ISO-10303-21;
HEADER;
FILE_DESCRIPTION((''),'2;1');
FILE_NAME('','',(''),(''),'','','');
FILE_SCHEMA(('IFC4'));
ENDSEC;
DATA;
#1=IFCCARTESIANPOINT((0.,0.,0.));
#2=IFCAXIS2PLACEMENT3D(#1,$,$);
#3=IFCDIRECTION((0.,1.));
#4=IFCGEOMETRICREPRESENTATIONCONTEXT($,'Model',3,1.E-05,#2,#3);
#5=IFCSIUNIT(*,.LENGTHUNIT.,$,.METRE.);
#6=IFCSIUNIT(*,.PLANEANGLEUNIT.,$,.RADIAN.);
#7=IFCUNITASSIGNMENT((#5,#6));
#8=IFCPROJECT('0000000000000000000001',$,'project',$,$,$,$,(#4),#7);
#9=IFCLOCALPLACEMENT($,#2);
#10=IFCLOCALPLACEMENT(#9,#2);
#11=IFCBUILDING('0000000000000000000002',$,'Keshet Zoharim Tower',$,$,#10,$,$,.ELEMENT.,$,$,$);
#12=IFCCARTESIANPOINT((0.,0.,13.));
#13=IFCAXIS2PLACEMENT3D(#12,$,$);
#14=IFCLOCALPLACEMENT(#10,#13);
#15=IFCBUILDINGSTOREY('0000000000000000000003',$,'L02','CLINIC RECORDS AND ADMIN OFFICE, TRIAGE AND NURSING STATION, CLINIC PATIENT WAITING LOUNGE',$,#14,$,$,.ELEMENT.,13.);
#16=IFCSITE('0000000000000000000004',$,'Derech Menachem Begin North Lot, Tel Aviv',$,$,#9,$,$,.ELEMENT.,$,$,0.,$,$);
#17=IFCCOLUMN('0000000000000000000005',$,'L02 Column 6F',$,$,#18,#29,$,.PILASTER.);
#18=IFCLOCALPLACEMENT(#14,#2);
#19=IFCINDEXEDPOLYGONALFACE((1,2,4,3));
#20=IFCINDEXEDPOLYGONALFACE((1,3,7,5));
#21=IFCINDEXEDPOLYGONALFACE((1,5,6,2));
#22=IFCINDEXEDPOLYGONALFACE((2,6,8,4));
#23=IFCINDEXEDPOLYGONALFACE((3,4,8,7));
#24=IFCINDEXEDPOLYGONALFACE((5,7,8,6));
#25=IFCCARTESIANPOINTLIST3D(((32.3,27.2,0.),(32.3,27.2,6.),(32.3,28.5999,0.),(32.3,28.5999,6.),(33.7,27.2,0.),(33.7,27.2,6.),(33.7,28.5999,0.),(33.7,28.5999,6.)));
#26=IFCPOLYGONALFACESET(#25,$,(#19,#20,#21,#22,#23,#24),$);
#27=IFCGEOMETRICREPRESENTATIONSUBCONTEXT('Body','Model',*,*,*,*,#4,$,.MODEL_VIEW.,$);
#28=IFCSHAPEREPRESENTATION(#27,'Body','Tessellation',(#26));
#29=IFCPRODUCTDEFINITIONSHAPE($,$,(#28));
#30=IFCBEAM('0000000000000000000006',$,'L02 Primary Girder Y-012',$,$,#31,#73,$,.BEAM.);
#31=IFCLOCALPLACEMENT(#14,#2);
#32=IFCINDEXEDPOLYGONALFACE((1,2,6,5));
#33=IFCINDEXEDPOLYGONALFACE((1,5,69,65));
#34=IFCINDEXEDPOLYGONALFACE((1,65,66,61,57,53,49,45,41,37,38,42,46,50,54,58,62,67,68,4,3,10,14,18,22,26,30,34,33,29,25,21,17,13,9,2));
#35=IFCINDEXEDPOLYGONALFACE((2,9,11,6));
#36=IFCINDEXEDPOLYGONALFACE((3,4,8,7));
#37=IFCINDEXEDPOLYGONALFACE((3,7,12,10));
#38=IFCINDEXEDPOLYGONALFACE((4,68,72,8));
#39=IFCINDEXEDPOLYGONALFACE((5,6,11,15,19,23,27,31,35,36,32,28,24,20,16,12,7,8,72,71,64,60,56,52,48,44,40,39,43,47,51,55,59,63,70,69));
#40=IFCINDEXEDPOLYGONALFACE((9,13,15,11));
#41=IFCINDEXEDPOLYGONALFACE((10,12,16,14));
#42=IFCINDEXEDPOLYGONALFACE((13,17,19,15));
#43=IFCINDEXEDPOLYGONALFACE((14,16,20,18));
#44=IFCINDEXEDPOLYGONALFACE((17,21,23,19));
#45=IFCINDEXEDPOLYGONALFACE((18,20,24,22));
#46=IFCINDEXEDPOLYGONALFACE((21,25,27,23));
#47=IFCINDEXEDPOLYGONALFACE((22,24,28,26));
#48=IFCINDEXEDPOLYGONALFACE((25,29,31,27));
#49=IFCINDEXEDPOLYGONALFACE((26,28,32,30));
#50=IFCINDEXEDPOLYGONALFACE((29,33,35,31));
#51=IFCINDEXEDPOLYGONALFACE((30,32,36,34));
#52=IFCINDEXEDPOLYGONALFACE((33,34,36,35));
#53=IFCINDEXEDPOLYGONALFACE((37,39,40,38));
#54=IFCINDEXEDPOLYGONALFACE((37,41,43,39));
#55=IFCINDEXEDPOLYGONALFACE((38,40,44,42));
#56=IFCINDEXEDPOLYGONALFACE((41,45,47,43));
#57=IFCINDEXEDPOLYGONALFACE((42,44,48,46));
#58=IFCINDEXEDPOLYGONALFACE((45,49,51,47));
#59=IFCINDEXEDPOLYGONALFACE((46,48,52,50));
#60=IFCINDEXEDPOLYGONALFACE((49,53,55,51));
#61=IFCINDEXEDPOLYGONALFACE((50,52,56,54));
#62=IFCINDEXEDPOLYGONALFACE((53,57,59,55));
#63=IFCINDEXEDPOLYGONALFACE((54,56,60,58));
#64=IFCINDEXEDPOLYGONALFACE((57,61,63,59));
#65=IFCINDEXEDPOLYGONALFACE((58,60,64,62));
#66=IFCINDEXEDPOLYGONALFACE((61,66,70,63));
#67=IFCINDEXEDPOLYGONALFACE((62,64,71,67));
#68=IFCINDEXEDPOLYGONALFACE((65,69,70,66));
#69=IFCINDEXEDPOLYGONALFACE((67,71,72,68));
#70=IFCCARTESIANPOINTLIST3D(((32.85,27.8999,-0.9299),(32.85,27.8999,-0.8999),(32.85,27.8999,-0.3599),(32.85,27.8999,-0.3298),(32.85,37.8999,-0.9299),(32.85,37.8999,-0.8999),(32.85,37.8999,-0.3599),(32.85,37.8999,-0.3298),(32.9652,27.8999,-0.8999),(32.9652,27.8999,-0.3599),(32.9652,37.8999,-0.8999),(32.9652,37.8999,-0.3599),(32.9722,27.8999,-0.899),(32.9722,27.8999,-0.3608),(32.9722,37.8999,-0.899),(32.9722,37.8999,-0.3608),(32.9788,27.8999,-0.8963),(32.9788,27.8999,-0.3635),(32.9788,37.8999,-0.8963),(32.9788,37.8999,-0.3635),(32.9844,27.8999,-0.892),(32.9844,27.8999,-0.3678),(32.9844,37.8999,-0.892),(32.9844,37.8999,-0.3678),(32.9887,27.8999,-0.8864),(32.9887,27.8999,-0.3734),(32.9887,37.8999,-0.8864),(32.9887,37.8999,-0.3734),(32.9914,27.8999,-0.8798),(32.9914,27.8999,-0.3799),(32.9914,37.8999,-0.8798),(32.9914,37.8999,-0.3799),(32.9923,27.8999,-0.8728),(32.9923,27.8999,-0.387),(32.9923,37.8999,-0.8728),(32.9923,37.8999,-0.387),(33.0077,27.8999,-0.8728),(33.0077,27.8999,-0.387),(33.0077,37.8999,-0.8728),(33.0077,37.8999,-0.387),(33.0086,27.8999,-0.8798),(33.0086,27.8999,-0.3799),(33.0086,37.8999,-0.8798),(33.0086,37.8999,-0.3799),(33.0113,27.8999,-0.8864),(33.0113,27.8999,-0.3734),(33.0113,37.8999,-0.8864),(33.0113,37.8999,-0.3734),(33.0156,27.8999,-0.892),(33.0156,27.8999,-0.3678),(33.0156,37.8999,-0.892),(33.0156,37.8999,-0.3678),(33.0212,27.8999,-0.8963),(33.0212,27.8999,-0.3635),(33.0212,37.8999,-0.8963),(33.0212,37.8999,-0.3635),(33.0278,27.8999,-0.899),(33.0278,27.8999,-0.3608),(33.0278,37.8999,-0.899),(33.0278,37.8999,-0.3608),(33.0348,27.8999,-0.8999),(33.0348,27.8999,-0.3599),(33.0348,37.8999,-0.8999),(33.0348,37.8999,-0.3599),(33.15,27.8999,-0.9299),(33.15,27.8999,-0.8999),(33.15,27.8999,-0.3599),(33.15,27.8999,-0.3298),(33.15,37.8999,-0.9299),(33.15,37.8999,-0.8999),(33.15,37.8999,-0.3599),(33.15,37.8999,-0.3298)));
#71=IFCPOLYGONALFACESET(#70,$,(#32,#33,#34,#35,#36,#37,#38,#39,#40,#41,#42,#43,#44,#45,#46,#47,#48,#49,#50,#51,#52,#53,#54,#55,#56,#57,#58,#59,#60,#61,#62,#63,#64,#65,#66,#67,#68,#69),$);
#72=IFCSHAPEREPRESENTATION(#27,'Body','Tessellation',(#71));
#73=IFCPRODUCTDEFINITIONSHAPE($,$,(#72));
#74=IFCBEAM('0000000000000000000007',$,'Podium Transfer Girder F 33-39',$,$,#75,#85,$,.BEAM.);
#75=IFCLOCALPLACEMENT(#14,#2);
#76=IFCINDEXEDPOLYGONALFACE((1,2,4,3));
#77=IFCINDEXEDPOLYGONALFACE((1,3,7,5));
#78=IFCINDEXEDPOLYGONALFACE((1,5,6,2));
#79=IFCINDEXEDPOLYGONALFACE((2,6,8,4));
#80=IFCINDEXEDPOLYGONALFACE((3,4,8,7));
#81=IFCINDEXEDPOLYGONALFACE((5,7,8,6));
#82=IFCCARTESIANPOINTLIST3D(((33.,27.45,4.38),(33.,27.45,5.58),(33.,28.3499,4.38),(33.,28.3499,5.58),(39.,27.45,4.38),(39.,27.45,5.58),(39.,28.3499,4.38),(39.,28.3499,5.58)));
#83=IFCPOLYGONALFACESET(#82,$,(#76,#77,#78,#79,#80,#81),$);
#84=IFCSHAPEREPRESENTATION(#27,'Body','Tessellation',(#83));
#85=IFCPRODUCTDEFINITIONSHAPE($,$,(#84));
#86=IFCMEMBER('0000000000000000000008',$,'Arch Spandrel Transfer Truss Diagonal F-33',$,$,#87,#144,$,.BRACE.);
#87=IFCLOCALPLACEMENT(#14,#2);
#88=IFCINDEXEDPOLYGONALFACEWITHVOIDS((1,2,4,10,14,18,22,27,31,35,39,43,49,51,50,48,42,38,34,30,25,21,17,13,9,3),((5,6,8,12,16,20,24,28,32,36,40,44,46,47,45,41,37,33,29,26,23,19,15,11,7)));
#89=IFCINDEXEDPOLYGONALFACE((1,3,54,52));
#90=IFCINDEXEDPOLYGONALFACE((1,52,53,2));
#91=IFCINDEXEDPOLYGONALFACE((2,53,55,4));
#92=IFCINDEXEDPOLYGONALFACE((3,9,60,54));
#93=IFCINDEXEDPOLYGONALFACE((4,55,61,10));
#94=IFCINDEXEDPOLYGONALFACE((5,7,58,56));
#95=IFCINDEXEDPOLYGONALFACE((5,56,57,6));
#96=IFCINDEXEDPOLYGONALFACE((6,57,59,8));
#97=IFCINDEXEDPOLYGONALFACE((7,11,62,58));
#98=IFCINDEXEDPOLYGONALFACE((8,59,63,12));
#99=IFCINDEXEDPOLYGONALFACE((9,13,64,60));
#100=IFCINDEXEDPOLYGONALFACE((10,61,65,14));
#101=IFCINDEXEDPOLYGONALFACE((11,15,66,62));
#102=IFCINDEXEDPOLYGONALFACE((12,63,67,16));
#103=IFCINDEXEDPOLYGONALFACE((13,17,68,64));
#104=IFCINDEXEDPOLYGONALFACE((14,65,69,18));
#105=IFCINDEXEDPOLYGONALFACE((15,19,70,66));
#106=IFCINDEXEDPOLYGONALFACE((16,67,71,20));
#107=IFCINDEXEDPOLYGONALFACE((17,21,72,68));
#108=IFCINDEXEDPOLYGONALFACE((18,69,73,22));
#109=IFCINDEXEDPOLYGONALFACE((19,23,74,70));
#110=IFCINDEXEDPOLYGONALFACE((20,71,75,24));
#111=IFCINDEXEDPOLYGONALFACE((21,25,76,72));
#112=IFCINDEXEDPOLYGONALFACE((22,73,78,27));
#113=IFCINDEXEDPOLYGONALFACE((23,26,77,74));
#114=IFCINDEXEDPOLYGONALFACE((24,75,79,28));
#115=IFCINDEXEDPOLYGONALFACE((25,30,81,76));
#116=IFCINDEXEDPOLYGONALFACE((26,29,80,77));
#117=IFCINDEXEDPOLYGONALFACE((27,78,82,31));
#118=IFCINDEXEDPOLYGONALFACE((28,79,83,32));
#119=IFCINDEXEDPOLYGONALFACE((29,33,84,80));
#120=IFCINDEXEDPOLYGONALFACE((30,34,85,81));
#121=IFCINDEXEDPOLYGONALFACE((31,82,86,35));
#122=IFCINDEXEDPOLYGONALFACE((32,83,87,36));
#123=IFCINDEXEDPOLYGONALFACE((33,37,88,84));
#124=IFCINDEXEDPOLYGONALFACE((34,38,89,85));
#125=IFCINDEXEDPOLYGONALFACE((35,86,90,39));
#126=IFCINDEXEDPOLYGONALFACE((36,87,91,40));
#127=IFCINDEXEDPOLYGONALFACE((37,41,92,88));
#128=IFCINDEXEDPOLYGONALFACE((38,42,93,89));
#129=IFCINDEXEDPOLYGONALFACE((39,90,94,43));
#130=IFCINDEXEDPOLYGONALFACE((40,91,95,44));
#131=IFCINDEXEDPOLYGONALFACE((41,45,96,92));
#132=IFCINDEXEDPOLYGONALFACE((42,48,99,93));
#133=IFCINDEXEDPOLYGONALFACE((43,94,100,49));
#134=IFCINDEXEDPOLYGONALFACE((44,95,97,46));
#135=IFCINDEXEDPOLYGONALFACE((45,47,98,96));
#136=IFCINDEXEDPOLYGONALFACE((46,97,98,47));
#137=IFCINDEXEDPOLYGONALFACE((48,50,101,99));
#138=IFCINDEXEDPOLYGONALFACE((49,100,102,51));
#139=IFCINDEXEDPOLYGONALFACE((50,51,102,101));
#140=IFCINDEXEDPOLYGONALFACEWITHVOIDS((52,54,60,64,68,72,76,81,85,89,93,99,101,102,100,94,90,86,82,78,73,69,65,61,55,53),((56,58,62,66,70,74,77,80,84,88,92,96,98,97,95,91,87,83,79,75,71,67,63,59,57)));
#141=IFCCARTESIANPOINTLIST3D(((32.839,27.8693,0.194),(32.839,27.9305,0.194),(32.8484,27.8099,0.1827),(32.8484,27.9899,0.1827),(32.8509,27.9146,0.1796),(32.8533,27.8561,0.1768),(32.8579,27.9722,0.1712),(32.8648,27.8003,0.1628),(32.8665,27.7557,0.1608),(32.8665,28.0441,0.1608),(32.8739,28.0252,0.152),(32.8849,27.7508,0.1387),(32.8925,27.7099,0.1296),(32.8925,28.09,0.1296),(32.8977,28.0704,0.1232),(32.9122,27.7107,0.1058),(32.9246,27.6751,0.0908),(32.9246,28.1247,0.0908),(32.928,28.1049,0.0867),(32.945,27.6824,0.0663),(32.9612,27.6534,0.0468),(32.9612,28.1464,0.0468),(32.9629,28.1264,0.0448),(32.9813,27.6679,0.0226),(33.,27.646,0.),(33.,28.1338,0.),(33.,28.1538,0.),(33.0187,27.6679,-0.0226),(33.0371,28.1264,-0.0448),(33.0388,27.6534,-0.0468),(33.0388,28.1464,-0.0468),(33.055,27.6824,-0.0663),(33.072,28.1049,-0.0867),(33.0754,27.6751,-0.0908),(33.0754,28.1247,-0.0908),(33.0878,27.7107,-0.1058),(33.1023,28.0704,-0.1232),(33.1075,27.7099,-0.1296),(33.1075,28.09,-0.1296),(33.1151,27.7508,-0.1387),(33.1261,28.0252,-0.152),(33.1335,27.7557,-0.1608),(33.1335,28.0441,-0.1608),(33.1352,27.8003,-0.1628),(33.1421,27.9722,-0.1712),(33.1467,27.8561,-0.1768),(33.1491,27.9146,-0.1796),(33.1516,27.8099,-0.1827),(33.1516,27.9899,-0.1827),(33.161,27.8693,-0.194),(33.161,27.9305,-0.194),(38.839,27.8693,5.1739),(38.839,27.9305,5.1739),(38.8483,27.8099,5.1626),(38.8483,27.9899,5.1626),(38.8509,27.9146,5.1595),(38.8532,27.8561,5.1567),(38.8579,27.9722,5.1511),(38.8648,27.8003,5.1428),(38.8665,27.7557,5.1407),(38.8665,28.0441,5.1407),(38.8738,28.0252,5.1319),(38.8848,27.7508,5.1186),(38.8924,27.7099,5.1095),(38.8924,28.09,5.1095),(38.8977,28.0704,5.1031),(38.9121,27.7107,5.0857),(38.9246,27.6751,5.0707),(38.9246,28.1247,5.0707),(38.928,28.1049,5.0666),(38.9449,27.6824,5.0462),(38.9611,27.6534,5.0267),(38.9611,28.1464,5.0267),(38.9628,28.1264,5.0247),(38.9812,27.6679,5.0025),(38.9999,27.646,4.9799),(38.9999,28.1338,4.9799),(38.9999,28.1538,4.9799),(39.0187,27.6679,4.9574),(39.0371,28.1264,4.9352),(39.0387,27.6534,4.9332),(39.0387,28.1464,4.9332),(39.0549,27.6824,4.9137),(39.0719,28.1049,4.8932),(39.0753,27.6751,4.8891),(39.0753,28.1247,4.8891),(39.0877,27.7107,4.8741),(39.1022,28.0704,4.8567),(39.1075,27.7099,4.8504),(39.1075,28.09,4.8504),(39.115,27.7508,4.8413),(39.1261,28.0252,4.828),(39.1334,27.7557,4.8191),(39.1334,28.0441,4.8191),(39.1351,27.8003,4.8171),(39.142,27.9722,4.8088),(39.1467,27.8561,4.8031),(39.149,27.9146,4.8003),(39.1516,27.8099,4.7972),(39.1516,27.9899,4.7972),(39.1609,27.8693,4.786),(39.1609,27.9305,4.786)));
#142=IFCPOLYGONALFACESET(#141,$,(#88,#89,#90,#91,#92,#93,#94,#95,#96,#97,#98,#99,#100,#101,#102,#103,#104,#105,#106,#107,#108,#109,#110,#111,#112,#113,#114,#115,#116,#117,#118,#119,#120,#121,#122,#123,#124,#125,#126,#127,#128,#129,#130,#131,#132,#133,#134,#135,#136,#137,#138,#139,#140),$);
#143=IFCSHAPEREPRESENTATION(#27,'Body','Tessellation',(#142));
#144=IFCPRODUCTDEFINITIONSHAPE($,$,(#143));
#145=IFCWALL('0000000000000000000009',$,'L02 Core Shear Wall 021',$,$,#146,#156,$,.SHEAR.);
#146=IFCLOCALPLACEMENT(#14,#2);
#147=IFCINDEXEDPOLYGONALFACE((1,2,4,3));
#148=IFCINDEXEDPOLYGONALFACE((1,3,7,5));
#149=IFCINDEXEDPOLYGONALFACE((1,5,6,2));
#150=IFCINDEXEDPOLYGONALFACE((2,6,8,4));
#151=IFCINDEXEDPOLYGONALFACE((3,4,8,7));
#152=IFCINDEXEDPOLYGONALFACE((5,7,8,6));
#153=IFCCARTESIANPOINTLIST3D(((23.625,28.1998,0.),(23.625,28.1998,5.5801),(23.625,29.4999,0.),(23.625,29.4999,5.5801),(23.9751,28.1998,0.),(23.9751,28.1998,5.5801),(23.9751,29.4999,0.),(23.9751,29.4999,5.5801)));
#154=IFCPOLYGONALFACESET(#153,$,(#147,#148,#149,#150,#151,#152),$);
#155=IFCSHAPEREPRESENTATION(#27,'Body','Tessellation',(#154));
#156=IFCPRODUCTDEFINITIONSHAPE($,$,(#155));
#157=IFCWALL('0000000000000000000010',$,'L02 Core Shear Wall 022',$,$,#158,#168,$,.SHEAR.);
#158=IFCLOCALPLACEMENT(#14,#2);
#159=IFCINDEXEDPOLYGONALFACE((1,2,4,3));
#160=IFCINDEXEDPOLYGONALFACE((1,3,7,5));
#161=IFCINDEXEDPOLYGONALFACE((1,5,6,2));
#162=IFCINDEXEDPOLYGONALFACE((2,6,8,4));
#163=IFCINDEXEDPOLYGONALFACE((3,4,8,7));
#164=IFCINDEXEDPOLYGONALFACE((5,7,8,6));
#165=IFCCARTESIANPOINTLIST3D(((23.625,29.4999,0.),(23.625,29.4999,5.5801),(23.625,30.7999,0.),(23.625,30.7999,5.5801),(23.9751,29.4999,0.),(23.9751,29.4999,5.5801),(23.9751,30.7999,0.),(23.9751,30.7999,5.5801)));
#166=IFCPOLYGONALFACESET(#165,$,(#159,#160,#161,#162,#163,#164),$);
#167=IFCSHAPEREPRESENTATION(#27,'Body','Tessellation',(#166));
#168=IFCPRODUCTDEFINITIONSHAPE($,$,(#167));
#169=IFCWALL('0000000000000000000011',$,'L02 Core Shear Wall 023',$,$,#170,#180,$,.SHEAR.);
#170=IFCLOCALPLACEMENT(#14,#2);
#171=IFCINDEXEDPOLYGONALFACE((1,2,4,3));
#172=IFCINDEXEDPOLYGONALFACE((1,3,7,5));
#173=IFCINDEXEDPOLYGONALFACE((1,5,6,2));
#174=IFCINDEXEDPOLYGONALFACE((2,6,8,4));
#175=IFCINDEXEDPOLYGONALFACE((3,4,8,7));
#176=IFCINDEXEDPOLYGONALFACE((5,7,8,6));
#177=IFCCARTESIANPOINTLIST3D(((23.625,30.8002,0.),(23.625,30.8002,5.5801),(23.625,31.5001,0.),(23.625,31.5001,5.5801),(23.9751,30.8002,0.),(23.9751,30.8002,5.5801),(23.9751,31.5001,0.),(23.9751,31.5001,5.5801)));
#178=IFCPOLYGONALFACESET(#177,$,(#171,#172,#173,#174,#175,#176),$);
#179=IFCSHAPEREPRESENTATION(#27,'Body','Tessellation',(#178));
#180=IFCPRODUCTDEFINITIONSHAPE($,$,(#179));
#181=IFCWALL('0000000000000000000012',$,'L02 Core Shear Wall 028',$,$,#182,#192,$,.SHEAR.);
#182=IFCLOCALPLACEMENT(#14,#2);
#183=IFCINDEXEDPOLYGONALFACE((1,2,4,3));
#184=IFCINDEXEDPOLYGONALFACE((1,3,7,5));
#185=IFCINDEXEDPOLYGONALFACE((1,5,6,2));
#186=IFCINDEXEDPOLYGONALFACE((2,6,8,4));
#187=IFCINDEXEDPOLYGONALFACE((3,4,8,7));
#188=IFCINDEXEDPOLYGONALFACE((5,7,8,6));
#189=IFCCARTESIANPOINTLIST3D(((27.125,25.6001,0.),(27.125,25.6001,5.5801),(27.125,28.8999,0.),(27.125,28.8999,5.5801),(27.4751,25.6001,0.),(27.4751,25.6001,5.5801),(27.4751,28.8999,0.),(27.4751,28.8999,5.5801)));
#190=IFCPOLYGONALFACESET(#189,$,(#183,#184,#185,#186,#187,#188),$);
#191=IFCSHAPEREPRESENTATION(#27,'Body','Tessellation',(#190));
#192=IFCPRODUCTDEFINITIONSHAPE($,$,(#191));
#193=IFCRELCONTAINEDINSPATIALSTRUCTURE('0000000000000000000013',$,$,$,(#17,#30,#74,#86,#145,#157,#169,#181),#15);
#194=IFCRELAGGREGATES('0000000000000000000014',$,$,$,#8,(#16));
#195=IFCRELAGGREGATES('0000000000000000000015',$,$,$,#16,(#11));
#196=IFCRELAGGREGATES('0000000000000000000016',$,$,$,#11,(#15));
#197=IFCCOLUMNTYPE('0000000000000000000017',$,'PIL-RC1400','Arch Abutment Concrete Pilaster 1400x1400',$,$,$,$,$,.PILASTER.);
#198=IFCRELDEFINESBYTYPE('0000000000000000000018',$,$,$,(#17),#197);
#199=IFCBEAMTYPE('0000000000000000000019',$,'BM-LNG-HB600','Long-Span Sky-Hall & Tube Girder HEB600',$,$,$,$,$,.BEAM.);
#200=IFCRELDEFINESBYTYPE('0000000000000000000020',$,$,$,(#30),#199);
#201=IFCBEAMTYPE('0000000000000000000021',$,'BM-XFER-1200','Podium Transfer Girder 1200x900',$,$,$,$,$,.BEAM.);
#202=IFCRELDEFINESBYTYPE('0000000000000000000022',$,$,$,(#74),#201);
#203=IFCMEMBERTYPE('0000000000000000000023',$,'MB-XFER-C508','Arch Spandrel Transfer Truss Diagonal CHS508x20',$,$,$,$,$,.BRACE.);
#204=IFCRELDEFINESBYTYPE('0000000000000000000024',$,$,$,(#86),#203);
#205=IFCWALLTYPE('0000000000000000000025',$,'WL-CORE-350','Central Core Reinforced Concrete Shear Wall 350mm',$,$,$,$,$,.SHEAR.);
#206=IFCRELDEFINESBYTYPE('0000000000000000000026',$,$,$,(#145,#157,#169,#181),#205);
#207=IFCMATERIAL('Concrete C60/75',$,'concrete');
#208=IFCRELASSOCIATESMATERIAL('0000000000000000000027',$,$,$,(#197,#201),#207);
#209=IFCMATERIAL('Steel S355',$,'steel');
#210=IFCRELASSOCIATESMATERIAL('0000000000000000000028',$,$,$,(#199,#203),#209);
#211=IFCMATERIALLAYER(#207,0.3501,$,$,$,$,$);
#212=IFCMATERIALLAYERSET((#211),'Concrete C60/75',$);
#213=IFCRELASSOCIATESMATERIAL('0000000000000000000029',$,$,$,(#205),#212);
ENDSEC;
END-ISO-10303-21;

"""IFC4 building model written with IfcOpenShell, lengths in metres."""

from ifc_helpers import new_model, si_unit, direction, frame, frame_2d, origin, origin_2d, place, context, subcontext, project, spatial, rectangle, hollow_circle, i_section, extrude, material, layer, layer_set, material_profile, profile_set, type_object, element, save


model = new_model("IFC4")

# Units and contexts
model_context = context("Model", 3, precision=1e-05, world=origin(), true_north=direction((0.0, 1.0)))
body_context = subcontext(model_context, "Body", "Model", "MODEL_VIEW")
ifc_project = project(units=[si_unit("LENGTHUNIT", "METRE"), si_unit("PLANEANGLEUNIT", "RADIAN")], contexts=[model_context])

# Site, building, storey
site_placement = place(None, origin())
site = spatial("IfcSite", under=ifc_project, at=site_placement, Name="Derech Menachem Begin North Lot, Tel Aviv", CompositionType="ELEMENT", RefElevation=0.0)
building_placement = place(site_placement, origin())
building = spatial("IfcBuilding", under=site, at=building_placement, Name="Keshet Zoharim Tower", CompositionType="ELEMENT")
storey_placement = place(building_placement, frame((0.0, 0.0, 13.0)))
storey = spatial("IfcBuildingStorey", under=building, at=storey_placement, Name="L02", Description="CLINIC RECORDS AND ADMIN OFFICE, TRIAGE AND NURSING STATION, CLINIC PATIENT WAITING LOUNGE", CompositionType="ELEMENT", Elevation=13.0)

# Column
ifc_material_1 = material(Name="Concrete C60/75", Category="concrete")
ifc_material_profile_1 = material_profile(ifc_material_1, rectangle(XDim=1.3999, YDim=1.3999, at=origin_2d()), Name="RC1400x1400")
ifc_profile_set_1 = profile_set([ifc_material_profile_1], Name="Concrete C60/75")
column_type = type_object("IfcColumnType", Name="PIL-RC1400", Description="Arch Abutment Concrete Pilaster 1400x1400", PredefinedType="PILASTER", material=ifc_profile_set_1)
column_placement = place(storey_placement, frame((33.0, 27.8999, 0.0), z_axis=(0.0, 0.0, 1.0), x_axis=(1.0, 0.0, 0.0)))
element("IfcColumn", 1, at=column_placement, inside=storey, type_object=column_type, Name="L02 Column 6F", PredefinedType="PILASTER", context=body_context, shape_type="SweptSolid", body=[
    extrude(rectangle(XDim=1.3999, YDim=1.3999, at=origin_2d()), origin(), (0.0, 0.0, 1.0), 6.0),
])

# Beams
ifc_material_2 = material(Name="Steel S355", Category="steel")
ifc_material_profile_2 = material_profile(ifc_material_2, i_section(OverallWidth=0.3, OverallDepth=0.6001, WebThickness=0.0154, FlangeThickness=0.03, FilletRadius=0.0271, at=origin_2d()), Name="HEB600")
ifc_profile_set_2 = profile_set([ifc_material_profile_2], Name="Steel S355")
beam_type_1 = type_object("IfcBeamType", Name="BM-LNG-HB600", Description="Long-Span Sky-Hall & Tube Girder HEB600", PredefinedType="BEAM", material=ifc_profile_set_2)
beam_1_placement = place(storey_placement, frame((33.0, 27.8999, -0.6299), z_axis=(0.0, 1.0, 0.0), x_axis=(-1.0, 0.0, 0.0)))
element("IfcBeam", 2, at=beam_1_placement, inside=storey, type_object=beam_type_1, Name="L02 Primary Girder Y-012", PredefinedType="BEAM", context=body_context, shape_type="SweptSolid", body=[
    extrude(i_section(OverallWidth=0.3, OverallDepth=0.6001, WebThickness=0.0154, FlangeThickness=0.03, FilletRadius=0.0271, at=origin_2d()), origin(), (0.0, 0.0, 1.0), 10.0),
])
ifc_material_profile_3 = material_profile(ifc_material_1, rectangle(XDim=0.8999, YDim=1.2, at=origin_2d()), Name="RC1200x900")
ifc_profile_set_3 = profile_set([ifc_material_profile_3], Name="Concrete C60/75")
beam_type_2 = type_object("IfcBeamType", Name="BM-XFER-1200", Description="Podium Transfer Girder 1200x900", PredefinedType="BEAM", material=ifc_profile_set_3)
beam_2_placement = place(storey_placement, frame((33.0, 27.8999, 4.98), z_axis=(1.0, 0.0, 0.0), x_axis=(0.0, 1.0, 0.0)))
element("IfcBeam", 3, at=beam_2_placement, inside=storey, type_object=beam_type_2, Name="Podium Transfer Girder F 33-39", PredefinedType="BEAM", context=body_context, shape_type="SweptSolid", body=[
    extrude(rectangle(XDim=0.8999, YDim=1.2, at=origin_2d()), origin(), (0.0, 0.0, 1.0), 6.0),
])

# Member
ifc_material_profile_4 = material_profile(ifc_material_2, hollow_circle(Radius=0.2539, WallThickness=0.02, at=origin_2d()), Name="CHS508x20")
ifc_profile_set_4 = profile_set([ifc_material_profile_4], Name="Steel S355")
member_type = type_object("IfcMemberType", Name="MB-XFER-C508", Description="Arch Spandrel Transfer Truss Diagonal CHS508x20", PredefinedType="BRACE", material=ifc_profile_set_4)
member_placement = place(storey_placement, frame((33.0, 27.8999, 0.0), z_axis=(0.769482, 0.0, 0.638668), x_axis=(0.0, 1.0, 0.0)))
element("IfcMember", 4, at=member_placement, inside=storey, type_object=member_type, Name="Arch Spandrel Transfer Truss Diagonal F-33", PredefinedType="BRACE", context=body_context, shape_type="SweptSolid", body=[
    extrude(hollow_circle(Radius=0.2539, WallThickness=0.02, at=origin_2d()), origin(), (0.0, 0.0, 1.0), 7.7974),
])

# Walls
ifc_layer_1 = layer(ifc_material_1, 0.3501)
ifc_layer_set_1 = layer_set([ifc_layer_1], Name="Concrete C60/75")
wall_type_1 = type_object("IfcWallType", Name="WL-CORE-350", Description="Central Core Reinforced Concrete Shear Wall 350mm", PredefinedType="SHEAR", material=ifc_layer_set_1)
for number, where, z_axis, x_axis, name in (
    (5, (23.8, 28.2, 0.0), (0.0, 0.0, 1.0), (0.0, 1.0, 0.0), "L02 Core Shear Wall 021"),
    (6, (23.8, 29.5, 0.0), (0.0, 0.0, 1.0), (0.0, 1.0, 0.0), "L02 Core Shear Wall 022"),
):
    element("IfcWall", number, at=place(storey_placement, frame(where, z_axis=z_axis, x_axis=x_axis)), inside=storey, type_object=wall_type_1, Name=name, PredefinedType="SHEAR", context=body_context, shape_type="SweptSolid", body=[
        extrude(rectangle(XDim=1.3, YDim=0.3501, at=frame_2d((0.6499, 0.0))), origin(), (0.0, 0.0, 1.0), 5.5801),
    ])
wall_1_placement = place(storey_placement, frame((23.8, 30.8, 0.0), z_axis=(0.0, 0.0, 1.0), x_axis=(0.0, 1.0, 0.0)))
element("IfcWall", 7, at=wall_1_placement, inside=storey, type_object=wall_type_1, Name="L02 Core Shear Wall 023", PredefinedType="SHEAR", context=body_context, shape_type="SweptSolid", body=[
    extrude(rectangle(XDim=0.7, YDim=0.3501, at=frame_2d((0.3501, 0.0))), origin(), (0.0, 0.0, 1.0), 5.5801),
])
wall_2_placement = place(storey_placement, frame((27.3, 25.6001, 0.0), z_axis=(0.0, 0.0, 1.0), x_axis=(0.0, 1.0, 0.0)))
element("IfcWall", 8, at=wall_2_placement, inside=storey, type_object=wall_type_1, Name="L02 Core Shear Wall 028", PredefinedType="SHEAR", context=body_context, shape_type="SweptSolid", body=[
    extrude(rectangle(XDim=3.2998, YDim=0.3501, at=frame_2d((1.6499, 0.0))), origin(), (0.0, 0.0, 1.0), 5.5801),
])

save(model, "model.ifc")
